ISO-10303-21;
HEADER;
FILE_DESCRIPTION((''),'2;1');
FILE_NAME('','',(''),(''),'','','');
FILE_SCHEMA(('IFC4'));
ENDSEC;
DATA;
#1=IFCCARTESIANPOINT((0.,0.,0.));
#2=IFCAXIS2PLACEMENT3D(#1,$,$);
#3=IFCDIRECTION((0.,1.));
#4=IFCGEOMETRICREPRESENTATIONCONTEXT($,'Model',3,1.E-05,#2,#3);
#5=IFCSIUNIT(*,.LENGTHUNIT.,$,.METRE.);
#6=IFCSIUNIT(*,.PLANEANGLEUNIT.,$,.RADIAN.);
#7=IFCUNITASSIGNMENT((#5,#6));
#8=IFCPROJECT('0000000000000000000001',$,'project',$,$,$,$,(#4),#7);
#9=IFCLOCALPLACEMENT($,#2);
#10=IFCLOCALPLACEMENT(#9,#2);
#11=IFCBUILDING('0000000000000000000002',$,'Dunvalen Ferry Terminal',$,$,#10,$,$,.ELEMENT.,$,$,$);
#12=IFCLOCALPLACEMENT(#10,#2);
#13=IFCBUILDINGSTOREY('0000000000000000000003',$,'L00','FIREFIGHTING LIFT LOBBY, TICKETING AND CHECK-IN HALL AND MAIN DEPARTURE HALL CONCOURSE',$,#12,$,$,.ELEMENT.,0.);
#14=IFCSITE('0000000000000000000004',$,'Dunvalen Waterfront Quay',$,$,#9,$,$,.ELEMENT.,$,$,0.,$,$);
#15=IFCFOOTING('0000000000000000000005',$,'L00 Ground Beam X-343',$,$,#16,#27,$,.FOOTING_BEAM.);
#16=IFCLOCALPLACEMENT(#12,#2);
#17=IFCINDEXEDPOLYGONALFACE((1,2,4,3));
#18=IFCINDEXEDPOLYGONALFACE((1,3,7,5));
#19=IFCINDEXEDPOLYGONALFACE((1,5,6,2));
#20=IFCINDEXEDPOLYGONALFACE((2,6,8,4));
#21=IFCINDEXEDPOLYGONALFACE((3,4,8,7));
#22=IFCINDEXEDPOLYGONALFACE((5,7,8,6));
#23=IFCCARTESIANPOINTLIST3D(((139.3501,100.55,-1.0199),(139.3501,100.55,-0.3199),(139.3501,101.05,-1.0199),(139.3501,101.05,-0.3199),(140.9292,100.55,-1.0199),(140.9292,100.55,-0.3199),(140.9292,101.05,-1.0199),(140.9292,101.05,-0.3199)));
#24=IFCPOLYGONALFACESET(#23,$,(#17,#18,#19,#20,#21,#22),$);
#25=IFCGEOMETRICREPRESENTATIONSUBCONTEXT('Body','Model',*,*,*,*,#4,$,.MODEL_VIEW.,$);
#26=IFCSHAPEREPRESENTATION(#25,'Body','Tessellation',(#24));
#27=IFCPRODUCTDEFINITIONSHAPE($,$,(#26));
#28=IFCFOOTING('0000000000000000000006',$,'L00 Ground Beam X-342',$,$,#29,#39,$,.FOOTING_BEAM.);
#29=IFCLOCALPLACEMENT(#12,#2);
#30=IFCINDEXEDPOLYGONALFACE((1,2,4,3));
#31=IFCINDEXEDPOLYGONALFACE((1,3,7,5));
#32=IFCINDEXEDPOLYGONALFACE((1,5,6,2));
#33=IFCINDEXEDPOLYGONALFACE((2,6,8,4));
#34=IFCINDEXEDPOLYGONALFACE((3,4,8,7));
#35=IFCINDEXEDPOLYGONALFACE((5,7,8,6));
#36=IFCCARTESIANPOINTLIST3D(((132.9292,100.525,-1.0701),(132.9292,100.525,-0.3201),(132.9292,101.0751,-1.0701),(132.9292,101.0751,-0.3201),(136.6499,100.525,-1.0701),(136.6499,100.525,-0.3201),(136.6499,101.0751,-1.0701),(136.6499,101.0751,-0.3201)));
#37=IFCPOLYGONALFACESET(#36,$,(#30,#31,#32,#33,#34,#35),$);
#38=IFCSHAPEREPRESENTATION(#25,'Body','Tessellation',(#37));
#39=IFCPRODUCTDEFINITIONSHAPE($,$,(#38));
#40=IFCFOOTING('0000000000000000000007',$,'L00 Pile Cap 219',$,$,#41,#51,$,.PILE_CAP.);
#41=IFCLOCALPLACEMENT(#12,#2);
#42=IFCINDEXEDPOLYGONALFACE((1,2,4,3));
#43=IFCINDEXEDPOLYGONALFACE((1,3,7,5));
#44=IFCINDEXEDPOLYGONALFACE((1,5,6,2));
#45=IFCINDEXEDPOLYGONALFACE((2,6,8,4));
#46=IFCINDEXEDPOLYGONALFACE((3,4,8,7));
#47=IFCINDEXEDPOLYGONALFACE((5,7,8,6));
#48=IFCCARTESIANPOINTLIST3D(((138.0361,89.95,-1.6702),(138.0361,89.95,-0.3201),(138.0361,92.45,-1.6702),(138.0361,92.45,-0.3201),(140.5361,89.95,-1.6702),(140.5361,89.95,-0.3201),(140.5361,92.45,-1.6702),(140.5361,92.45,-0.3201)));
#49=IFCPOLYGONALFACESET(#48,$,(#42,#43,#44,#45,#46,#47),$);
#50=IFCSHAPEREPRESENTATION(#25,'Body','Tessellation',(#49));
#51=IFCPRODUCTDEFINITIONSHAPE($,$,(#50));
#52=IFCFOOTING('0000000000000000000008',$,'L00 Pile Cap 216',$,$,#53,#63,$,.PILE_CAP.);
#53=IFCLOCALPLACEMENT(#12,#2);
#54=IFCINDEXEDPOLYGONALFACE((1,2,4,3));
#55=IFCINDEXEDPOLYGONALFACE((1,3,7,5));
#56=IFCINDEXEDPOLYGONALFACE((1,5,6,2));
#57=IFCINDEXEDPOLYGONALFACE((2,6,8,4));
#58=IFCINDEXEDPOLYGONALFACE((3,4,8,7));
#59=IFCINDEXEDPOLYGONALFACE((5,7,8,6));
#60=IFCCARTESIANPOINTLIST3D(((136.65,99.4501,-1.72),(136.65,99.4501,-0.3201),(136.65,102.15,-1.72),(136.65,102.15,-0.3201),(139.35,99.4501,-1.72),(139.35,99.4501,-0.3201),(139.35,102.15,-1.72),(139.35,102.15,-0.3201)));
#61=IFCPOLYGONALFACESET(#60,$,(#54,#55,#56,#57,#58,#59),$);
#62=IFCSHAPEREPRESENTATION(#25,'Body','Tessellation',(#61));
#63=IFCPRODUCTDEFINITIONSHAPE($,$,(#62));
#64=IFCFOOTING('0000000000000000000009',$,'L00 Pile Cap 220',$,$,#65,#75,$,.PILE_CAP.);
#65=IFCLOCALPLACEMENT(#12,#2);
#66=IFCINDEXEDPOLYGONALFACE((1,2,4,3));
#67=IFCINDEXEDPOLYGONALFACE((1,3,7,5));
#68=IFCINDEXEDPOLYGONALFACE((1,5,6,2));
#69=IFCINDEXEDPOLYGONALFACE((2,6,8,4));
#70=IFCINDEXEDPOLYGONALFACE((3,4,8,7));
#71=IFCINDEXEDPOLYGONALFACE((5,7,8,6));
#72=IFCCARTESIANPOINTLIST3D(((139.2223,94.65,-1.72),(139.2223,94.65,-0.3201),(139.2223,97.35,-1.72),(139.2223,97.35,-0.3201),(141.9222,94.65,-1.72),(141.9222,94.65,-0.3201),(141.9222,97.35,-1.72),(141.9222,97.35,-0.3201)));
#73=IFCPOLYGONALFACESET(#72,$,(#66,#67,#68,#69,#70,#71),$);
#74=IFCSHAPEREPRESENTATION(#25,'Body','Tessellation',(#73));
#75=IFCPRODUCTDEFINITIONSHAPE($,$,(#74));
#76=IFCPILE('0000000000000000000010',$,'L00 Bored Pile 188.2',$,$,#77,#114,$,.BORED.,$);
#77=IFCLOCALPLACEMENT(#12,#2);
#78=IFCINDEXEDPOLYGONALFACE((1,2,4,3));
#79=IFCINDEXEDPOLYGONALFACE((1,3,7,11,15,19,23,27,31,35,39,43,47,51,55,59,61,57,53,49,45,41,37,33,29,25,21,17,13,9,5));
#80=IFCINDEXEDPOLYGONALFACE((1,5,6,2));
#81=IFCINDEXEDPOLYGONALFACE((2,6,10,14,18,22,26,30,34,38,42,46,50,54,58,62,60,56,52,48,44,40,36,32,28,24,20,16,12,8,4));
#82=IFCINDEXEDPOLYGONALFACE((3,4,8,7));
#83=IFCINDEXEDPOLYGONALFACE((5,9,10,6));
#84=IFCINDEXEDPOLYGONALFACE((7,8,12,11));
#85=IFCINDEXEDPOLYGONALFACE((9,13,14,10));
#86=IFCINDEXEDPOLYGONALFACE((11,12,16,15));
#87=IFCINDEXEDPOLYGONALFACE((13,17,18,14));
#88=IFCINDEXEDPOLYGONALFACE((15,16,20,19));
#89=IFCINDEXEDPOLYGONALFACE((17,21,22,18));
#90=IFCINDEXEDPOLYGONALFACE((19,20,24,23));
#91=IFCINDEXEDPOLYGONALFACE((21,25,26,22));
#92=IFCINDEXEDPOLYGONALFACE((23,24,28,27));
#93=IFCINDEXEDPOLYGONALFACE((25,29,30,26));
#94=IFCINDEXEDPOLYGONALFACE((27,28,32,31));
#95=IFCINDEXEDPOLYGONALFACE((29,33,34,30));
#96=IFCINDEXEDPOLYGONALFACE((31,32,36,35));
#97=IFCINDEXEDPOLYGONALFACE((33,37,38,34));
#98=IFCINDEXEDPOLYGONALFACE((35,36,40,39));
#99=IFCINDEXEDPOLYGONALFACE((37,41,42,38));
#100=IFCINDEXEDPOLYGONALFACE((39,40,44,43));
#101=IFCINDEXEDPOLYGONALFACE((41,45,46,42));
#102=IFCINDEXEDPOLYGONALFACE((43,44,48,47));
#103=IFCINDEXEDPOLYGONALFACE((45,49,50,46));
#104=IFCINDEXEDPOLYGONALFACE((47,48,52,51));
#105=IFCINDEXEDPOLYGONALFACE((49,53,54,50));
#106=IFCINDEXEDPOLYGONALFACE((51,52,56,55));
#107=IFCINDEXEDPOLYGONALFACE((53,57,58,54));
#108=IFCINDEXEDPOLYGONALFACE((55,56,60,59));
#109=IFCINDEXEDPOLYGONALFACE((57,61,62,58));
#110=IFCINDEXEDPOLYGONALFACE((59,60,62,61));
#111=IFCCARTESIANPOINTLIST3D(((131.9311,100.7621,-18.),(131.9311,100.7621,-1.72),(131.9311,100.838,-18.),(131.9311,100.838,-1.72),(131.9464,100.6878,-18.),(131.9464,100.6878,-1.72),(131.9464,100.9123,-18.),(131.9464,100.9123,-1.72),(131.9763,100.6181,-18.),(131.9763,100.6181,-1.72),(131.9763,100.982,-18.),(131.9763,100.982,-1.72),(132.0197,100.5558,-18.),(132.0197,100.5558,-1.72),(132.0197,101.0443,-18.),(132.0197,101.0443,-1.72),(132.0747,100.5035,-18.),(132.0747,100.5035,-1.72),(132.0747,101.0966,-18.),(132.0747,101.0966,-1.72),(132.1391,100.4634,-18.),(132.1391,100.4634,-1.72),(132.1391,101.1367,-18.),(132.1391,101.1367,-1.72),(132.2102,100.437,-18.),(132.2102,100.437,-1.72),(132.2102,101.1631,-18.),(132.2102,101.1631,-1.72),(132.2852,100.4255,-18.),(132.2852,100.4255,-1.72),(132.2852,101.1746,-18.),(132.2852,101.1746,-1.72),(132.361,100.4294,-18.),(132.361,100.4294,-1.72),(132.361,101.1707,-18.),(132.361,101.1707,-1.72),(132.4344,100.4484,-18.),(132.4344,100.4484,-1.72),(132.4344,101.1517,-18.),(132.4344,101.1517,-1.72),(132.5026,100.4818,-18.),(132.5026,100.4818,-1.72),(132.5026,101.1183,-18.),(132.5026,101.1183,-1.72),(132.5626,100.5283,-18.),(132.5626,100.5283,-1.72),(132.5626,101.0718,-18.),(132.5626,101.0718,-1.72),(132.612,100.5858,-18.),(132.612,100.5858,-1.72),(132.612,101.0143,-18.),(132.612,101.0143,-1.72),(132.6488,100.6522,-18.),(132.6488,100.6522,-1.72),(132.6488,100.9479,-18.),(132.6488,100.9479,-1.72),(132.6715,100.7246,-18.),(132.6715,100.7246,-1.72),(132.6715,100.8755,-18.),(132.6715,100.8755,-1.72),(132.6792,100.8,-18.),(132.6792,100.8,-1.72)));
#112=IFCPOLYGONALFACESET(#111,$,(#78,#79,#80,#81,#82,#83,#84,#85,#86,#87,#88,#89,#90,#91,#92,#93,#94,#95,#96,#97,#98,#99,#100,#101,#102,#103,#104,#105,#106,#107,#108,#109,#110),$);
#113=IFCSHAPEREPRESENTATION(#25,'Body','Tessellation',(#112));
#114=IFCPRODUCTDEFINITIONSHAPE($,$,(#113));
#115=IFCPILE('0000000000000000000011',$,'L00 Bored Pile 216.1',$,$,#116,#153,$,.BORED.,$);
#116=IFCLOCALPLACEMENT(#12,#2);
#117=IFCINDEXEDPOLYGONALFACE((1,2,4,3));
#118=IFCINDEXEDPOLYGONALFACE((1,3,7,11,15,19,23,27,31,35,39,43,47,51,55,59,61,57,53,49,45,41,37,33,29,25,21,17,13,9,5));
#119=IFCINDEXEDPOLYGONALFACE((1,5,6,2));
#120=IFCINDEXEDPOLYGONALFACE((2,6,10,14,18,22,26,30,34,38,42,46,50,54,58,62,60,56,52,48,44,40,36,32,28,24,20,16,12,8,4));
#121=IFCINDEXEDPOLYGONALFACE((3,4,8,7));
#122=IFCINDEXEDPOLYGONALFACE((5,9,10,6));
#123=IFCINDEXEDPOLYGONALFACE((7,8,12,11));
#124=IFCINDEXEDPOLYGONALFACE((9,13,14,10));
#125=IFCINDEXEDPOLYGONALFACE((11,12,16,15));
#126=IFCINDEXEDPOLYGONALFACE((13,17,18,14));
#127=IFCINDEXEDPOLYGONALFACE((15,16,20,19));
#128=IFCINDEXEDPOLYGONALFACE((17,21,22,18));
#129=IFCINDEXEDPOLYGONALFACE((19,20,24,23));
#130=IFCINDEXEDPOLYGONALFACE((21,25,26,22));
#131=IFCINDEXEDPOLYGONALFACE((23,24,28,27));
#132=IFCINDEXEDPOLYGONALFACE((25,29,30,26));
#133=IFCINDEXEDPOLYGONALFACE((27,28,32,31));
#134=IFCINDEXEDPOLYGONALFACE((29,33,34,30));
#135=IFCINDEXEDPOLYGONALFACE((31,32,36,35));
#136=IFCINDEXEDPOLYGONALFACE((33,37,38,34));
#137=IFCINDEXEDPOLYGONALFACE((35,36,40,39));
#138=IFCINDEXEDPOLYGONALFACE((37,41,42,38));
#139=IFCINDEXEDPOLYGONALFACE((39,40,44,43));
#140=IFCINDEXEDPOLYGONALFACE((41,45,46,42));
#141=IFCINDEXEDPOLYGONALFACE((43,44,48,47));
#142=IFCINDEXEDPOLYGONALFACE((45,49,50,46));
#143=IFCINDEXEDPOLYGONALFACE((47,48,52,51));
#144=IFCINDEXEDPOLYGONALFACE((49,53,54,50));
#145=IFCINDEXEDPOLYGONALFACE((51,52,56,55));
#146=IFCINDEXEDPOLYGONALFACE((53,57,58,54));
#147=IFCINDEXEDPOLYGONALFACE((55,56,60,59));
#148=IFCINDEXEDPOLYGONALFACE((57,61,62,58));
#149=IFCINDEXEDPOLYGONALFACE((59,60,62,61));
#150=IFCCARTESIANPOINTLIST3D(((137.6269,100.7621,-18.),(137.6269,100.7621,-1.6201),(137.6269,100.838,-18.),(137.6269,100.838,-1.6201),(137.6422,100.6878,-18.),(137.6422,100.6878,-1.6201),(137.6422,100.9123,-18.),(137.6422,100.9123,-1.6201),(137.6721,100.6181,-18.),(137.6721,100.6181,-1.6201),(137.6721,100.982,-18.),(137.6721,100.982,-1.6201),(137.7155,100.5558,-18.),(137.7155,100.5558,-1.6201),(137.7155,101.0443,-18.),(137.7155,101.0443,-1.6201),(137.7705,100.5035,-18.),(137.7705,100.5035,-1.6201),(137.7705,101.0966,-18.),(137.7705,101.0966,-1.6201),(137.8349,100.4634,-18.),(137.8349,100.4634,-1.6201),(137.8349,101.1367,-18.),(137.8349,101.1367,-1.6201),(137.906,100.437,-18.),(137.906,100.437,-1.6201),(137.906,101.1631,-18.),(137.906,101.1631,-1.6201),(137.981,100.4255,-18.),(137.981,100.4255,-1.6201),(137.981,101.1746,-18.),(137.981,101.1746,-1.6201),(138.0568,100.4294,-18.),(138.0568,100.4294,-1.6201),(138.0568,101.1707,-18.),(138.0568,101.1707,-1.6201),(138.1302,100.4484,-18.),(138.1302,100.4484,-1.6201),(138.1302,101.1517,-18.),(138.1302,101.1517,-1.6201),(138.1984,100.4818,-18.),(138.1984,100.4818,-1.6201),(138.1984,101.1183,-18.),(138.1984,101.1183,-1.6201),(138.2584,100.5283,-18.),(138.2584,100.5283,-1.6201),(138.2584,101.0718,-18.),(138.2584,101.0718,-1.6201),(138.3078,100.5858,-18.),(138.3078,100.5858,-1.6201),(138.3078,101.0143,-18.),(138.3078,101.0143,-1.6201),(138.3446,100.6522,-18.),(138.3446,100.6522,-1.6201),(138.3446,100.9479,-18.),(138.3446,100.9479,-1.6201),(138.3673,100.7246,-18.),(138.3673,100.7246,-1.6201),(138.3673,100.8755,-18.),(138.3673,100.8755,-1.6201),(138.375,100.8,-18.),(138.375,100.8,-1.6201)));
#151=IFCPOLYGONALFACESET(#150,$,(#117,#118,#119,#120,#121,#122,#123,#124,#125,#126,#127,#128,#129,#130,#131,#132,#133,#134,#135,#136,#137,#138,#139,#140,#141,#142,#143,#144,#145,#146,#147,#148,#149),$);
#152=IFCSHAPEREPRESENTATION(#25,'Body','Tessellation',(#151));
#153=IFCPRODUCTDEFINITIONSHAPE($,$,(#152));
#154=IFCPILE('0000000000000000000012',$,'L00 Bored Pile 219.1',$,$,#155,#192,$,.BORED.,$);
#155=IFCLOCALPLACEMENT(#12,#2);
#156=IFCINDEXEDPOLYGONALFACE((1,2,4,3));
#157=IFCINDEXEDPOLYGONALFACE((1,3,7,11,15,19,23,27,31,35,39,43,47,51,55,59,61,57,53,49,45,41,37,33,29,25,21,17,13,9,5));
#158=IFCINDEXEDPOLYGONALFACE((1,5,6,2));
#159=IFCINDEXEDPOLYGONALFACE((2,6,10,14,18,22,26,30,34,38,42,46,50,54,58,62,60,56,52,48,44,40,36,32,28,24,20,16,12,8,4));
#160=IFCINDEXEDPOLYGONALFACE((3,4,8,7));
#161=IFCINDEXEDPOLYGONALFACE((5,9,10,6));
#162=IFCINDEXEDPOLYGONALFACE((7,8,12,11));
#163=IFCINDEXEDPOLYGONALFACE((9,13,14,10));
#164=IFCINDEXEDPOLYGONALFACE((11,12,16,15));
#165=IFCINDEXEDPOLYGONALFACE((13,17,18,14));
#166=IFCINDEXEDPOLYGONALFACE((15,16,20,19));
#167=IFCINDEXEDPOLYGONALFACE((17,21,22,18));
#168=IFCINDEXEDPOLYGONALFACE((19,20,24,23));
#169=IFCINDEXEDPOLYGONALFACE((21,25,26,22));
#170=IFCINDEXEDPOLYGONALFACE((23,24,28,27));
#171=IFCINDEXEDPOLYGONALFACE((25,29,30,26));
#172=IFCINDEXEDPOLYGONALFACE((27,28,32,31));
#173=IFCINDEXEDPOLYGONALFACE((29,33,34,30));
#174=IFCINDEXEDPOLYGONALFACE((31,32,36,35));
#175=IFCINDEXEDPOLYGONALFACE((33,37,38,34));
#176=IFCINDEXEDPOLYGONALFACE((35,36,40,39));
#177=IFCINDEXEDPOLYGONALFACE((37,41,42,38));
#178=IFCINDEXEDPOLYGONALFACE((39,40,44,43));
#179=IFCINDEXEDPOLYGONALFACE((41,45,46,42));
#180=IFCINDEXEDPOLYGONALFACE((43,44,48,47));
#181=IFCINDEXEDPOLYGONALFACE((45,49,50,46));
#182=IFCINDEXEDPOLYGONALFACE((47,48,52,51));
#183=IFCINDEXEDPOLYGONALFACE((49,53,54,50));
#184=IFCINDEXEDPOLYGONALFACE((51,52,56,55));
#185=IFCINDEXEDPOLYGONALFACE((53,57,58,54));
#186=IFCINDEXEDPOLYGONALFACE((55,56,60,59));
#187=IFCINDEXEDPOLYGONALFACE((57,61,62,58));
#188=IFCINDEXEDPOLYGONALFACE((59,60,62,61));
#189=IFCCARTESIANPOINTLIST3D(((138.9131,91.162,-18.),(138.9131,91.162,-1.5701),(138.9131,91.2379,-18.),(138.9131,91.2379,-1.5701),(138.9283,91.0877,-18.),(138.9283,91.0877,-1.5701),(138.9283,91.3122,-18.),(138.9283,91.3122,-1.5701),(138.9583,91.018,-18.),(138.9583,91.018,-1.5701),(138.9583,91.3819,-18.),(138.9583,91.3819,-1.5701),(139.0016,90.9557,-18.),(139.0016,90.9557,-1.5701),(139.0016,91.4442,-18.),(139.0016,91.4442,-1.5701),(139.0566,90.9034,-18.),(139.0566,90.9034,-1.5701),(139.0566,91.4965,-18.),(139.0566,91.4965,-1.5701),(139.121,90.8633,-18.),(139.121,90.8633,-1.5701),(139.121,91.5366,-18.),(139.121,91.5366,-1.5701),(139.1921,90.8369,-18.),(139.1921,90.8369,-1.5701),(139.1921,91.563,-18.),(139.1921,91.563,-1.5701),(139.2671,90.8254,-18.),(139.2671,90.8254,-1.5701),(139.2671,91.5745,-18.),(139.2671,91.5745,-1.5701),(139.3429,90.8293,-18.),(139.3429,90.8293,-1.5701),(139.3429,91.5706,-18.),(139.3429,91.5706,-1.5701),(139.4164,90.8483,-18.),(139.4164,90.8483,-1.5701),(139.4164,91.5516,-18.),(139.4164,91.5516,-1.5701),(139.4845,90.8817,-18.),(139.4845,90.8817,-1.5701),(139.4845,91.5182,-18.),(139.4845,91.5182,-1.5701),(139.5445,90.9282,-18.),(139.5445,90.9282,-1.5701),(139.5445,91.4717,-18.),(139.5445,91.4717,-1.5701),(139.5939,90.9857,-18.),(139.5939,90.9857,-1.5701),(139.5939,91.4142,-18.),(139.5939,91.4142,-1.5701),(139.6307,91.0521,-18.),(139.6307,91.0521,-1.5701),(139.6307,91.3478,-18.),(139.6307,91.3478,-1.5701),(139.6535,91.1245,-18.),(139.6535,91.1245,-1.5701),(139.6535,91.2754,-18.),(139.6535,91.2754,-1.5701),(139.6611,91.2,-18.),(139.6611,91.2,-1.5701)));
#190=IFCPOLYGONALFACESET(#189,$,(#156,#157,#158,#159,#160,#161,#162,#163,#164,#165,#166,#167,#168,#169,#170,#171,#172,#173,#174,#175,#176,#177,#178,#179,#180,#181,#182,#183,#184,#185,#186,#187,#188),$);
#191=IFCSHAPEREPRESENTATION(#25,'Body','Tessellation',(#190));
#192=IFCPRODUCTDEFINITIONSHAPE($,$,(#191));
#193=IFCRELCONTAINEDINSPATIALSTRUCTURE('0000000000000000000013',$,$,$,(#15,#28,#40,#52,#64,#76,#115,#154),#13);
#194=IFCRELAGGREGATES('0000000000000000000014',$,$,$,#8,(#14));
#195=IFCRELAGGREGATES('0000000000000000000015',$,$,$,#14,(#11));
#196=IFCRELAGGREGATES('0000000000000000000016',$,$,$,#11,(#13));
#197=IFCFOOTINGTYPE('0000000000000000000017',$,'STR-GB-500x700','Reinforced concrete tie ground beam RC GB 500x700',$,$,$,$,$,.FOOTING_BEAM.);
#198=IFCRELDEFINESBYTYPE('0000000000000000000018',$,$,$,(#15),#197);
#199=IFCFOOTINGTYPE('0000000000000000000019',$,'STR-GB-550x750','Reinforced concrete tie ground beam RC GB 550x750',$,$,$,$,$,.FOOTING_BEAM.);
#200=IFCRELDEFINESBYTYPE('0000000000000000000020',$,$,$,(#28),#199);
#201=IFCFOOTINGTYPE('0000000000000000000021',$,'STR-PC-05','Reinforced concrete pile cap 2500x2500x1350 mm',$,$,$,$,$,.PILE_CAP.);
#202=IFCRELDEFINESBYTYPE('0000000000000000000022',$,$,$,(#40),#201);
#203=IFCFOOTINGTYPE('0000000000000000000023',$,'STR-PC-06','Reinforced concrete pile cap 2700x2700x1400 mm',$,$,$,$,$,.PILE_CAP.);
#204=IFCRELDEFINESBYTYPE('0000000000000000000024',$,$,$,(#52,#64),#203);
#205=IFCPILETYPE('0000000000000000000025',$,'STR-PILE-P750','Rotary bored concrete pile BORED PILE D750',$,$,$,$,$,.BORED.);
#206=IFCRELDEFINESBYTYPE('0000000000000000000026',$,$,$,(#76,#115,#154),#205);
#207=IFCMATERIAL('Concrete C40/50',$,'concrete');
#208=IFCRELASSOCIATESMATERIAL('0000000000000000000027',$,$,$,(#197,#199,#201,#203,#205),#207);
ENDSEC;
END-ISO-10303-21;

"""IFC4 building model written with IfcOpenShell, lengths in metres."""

from ifc_helpers import new_model, si_unit, direction, frame, origin, origin_2d, place, context, subcontext, project, spatial, rectangle, circle, extrude, material, material_profile, profile_set, type_object, element, save


model = new_model("IFC4")

# Units and contexts
model_context = context("Model", 3, precision=1e-05, world=origin(), true_north=direction((0.0, 1.0)))
body_context = subcontext(model_context, "Body", "Model", "MODEL_VIEW")
ifc_project = project(units=[si_unit("LENGTHUNIT", "METRE"), si_unit("PLANEANGLEUNIT", "RADIAN")], contexts=[model_context])

# Site, building, storey
site_placement = place(None, origin())
site = spatial("IfcSite", under=ifc_project, at=site_placement, Name="Dunvalen Waterfront Quay", CompositionType="ELEMENT", RefElevation=0.0)
building_placement = place(site_placement, origin())
building = spatial("IfcBuilding", under=site, at=building_placement, Name="Dunvalen Ferry Terminal", CompositionType="ELEMENT")
storey_placement = place(building_placement, origin())
storey = spatial("IfcBuildingStorey", under=building, at=storey_placement, Name="L00", Description="FIREFIGHTING LIFT LOBBY, TICKETING AND CHECK-IN HALL AND MAIN DEPARTURE HALL CONCOURSE", CompositionType="ELEMENT", Elevation=0.0)

# Footings
ifc_material_1 = material(Name="Concrete C40/50", Category="concrete")
ifc_material_profile_1 = material_profile(ifc_material_1, rectangle(XDim=0.5, YDim=0.7, at=origin_2d()), Name="Concrete C40/50")
ifc_profile_set_1 = profile_set([ifc_material_profile_1], Name="Concrete C40/50")
footing_type_1 = type_object("IfcFootingType", Name="STR-GB-500x700", Description="Reinforced concrete tie ground beam RC GB 500x700", PredefinedType="FOOTING_BEAM", material=ifc_profile_set_1)
footing_1_placement = place(storey_placement, frame((139.3501, 100.8, -0.6699), z_axis=(1.0, 0.0, 0.0), x_axis=(0.0, 1.0, 0.0)))
element("IfcFooting", 1, at=footing_1_placement, inside=storey, type_object=footing_type_1, Name="L00 Ground Beam X-343", PredefinedType="FOOTING_BEAM", context=body_context, shape_type="SweptSolid", body=[
    extrude(rectangle(XDim=0.5, YDim=0.7, at=origin_2d()), origin(), (0.0, 0.0, 1.0), 1.5791),
])
ifc_material_profile_2 = material_profile(ifc_material_1, rectangle(XDim=0.55, YDim=0.75, at=origin_2d()), Name="Concrete C40/50")
ifc_profile_set_2 = profile_set([ifc_material_profile_2], Name="Concrete C40/50")
footing_type_2 = type_object("IfcFootingType", Name="STR-GB-550x750", Description="Reinforced concrete tie ground beam RC GB 550x750", PredefinedType="FOOTING_BEAM", material=ifc_profile_set_2)
footing_2_placement = place(storey_placement, frame((132.9292, 100.8, -0.6951), z_axis=(1.0, 0.0, 0.0), x_axis=(0.0, 1.0, 0.0)))
element("IfcFooting", 2, at=footing_2_placement, inside=storey, type_object=footing_type_2, Name="L00 Ground Beam X-342", PredefinedType="FOOTING_BEAM", context=body_context, shape_type="SweptSolid", body=[
    extrude(rectangle(XDim=0.55, YDim=0.75, at=origin_2d()), origin(), (0.0, 0.0, 1.0), 3.7207),
])
footing_type_3 = type_object("IfcFootingType", Name="STR-PC-05", Description="Reinforced concrete pile cap 2500x2500x1350 mm", PredefinedType="PILE_CAP", material=ifc_material_1)
footing_3_placement = place(storey_placement, frame((139.2861, 91.2, -1.6702), z_axis=(0.0, 0.0, 1.0), x_axis=(1.0, 0.0, 0.0)))
element("IfcFooting", 3, at=footing_3_placement, inside=storey, type_object=footing_type_3, Name="L00 Pile Cap 219", PredefinedType="PILE_CAP", context=body_context, shape_type="SweptSolid", body=[
    extrude(rectangle(XDim=2.5, YDim=2.5, at=origin_2d()), origin(), (0.0, 0.0, 1.0), 1.3501),
])
footing_type_4 = type_object("IfcFootingType", Name="STR-PC-06", Description="Reinforced concrete pile cap 2700x2700x1400 mm", PredefinedType="PILE_CAP", material=ifc_material_1)
for number, where, z_axis, x_axis, name in (
    (4, (138.0, 100.8, -1.72), (0.0, 0.0, 1.0), (1.0, 0.0, 0.0), "L00 Pile Cap 216"),
    (5, (140.5723, 96.0, -1.72), (0.0, 0.0, 1.0), (1.0, 0.0, 0.0), "L00 Pile Cap 220"),
):
    element("IfcFooting", number, at=place(storey_placement, frame(where, z_axis=z_axis, x_axis=x_axis)), inside=storey, type_object=footing_type_4, Name=name, PredefinedType="PILE_CAP", context=body_context, shape_type="SweptSolid", body=[
        extrude(rectangle(XDim=2.7, YDim=2.7, at=origin_2d()), origin(), (0.0, 0.0, 1.0), 1.3999),
    ])

# Piles
ifc_material_profile_3 = material_profile(ifc_material_1, circle(Radius=0.375, at=origin_2d()), Name="Concrete C40/50")
ifc_profile_set_3 = profile_set([ifc_material_profile_3], Name="Concrete C40/50")
pile_type = type_object("IfcPileType", Name="STR-PILE-P750", Description="Rotary bored concrete pile BORED PILE D750", PredefinedType="BORED", material=ifc_profile_set_3)
pile_1_placement = place(storey_placement, frame((132.3042, 100.8, -1.72), z_axis=(0.0, 0.0, -1.0), x_axis=(1.0, 0.0, 0.0)))
element("IfcPile", 6, at=pile_1_placement, inside=storey, type_object=pile_type, Name="L00 Bored Pile 188.2", PredefinedType="BORED", context=body_context, shape_type="SweptSolid", body=[
    extrude(circle(Radius=0.375, at=origin_2d()), origin(), (0.0, 0.0, 1.0), 16.28),
])
pile_2_placement = place(storey_placement, frame((138.0, 100.8, -1.6201), z_axis=(0.0, 0.0, -1.0), x_axis=(1.0, 0.0, 0.0)))
element("IfcPile", 7, at=pile_2_placement, inside=storey, type_object=pile_type, Name="L00 Bored Pile 216.1", PredefinedType="BORED", context=body_context, shape_type="SweptSolid", body=[
    extrude(circle(Radius=0.375, at=origin_2d()), origin(), (0.0, 0.0, 1.0), 16.3799),
])
pile_3_placement = place(storey_placement, frame((139.2861, 91.2, -1.5701), z_axis=(0.0, 0.0, -1.0), x_axis=(1.0, 0.0, 0.0)))
element("IfcPile", 8, at=pile_3_placement, inside=storey, type_object=pile_type, Name="L00 Bored Pile 219.1", PredefinedType="BORED", context=body_context, shape_type="SweptSolid", body=[
    extrude(circle(Radius=0.375, at=origin_2d()), origin(), (0.0, 0.0, 1.0), 16.4299),
])

save(model, "model.ifc")
